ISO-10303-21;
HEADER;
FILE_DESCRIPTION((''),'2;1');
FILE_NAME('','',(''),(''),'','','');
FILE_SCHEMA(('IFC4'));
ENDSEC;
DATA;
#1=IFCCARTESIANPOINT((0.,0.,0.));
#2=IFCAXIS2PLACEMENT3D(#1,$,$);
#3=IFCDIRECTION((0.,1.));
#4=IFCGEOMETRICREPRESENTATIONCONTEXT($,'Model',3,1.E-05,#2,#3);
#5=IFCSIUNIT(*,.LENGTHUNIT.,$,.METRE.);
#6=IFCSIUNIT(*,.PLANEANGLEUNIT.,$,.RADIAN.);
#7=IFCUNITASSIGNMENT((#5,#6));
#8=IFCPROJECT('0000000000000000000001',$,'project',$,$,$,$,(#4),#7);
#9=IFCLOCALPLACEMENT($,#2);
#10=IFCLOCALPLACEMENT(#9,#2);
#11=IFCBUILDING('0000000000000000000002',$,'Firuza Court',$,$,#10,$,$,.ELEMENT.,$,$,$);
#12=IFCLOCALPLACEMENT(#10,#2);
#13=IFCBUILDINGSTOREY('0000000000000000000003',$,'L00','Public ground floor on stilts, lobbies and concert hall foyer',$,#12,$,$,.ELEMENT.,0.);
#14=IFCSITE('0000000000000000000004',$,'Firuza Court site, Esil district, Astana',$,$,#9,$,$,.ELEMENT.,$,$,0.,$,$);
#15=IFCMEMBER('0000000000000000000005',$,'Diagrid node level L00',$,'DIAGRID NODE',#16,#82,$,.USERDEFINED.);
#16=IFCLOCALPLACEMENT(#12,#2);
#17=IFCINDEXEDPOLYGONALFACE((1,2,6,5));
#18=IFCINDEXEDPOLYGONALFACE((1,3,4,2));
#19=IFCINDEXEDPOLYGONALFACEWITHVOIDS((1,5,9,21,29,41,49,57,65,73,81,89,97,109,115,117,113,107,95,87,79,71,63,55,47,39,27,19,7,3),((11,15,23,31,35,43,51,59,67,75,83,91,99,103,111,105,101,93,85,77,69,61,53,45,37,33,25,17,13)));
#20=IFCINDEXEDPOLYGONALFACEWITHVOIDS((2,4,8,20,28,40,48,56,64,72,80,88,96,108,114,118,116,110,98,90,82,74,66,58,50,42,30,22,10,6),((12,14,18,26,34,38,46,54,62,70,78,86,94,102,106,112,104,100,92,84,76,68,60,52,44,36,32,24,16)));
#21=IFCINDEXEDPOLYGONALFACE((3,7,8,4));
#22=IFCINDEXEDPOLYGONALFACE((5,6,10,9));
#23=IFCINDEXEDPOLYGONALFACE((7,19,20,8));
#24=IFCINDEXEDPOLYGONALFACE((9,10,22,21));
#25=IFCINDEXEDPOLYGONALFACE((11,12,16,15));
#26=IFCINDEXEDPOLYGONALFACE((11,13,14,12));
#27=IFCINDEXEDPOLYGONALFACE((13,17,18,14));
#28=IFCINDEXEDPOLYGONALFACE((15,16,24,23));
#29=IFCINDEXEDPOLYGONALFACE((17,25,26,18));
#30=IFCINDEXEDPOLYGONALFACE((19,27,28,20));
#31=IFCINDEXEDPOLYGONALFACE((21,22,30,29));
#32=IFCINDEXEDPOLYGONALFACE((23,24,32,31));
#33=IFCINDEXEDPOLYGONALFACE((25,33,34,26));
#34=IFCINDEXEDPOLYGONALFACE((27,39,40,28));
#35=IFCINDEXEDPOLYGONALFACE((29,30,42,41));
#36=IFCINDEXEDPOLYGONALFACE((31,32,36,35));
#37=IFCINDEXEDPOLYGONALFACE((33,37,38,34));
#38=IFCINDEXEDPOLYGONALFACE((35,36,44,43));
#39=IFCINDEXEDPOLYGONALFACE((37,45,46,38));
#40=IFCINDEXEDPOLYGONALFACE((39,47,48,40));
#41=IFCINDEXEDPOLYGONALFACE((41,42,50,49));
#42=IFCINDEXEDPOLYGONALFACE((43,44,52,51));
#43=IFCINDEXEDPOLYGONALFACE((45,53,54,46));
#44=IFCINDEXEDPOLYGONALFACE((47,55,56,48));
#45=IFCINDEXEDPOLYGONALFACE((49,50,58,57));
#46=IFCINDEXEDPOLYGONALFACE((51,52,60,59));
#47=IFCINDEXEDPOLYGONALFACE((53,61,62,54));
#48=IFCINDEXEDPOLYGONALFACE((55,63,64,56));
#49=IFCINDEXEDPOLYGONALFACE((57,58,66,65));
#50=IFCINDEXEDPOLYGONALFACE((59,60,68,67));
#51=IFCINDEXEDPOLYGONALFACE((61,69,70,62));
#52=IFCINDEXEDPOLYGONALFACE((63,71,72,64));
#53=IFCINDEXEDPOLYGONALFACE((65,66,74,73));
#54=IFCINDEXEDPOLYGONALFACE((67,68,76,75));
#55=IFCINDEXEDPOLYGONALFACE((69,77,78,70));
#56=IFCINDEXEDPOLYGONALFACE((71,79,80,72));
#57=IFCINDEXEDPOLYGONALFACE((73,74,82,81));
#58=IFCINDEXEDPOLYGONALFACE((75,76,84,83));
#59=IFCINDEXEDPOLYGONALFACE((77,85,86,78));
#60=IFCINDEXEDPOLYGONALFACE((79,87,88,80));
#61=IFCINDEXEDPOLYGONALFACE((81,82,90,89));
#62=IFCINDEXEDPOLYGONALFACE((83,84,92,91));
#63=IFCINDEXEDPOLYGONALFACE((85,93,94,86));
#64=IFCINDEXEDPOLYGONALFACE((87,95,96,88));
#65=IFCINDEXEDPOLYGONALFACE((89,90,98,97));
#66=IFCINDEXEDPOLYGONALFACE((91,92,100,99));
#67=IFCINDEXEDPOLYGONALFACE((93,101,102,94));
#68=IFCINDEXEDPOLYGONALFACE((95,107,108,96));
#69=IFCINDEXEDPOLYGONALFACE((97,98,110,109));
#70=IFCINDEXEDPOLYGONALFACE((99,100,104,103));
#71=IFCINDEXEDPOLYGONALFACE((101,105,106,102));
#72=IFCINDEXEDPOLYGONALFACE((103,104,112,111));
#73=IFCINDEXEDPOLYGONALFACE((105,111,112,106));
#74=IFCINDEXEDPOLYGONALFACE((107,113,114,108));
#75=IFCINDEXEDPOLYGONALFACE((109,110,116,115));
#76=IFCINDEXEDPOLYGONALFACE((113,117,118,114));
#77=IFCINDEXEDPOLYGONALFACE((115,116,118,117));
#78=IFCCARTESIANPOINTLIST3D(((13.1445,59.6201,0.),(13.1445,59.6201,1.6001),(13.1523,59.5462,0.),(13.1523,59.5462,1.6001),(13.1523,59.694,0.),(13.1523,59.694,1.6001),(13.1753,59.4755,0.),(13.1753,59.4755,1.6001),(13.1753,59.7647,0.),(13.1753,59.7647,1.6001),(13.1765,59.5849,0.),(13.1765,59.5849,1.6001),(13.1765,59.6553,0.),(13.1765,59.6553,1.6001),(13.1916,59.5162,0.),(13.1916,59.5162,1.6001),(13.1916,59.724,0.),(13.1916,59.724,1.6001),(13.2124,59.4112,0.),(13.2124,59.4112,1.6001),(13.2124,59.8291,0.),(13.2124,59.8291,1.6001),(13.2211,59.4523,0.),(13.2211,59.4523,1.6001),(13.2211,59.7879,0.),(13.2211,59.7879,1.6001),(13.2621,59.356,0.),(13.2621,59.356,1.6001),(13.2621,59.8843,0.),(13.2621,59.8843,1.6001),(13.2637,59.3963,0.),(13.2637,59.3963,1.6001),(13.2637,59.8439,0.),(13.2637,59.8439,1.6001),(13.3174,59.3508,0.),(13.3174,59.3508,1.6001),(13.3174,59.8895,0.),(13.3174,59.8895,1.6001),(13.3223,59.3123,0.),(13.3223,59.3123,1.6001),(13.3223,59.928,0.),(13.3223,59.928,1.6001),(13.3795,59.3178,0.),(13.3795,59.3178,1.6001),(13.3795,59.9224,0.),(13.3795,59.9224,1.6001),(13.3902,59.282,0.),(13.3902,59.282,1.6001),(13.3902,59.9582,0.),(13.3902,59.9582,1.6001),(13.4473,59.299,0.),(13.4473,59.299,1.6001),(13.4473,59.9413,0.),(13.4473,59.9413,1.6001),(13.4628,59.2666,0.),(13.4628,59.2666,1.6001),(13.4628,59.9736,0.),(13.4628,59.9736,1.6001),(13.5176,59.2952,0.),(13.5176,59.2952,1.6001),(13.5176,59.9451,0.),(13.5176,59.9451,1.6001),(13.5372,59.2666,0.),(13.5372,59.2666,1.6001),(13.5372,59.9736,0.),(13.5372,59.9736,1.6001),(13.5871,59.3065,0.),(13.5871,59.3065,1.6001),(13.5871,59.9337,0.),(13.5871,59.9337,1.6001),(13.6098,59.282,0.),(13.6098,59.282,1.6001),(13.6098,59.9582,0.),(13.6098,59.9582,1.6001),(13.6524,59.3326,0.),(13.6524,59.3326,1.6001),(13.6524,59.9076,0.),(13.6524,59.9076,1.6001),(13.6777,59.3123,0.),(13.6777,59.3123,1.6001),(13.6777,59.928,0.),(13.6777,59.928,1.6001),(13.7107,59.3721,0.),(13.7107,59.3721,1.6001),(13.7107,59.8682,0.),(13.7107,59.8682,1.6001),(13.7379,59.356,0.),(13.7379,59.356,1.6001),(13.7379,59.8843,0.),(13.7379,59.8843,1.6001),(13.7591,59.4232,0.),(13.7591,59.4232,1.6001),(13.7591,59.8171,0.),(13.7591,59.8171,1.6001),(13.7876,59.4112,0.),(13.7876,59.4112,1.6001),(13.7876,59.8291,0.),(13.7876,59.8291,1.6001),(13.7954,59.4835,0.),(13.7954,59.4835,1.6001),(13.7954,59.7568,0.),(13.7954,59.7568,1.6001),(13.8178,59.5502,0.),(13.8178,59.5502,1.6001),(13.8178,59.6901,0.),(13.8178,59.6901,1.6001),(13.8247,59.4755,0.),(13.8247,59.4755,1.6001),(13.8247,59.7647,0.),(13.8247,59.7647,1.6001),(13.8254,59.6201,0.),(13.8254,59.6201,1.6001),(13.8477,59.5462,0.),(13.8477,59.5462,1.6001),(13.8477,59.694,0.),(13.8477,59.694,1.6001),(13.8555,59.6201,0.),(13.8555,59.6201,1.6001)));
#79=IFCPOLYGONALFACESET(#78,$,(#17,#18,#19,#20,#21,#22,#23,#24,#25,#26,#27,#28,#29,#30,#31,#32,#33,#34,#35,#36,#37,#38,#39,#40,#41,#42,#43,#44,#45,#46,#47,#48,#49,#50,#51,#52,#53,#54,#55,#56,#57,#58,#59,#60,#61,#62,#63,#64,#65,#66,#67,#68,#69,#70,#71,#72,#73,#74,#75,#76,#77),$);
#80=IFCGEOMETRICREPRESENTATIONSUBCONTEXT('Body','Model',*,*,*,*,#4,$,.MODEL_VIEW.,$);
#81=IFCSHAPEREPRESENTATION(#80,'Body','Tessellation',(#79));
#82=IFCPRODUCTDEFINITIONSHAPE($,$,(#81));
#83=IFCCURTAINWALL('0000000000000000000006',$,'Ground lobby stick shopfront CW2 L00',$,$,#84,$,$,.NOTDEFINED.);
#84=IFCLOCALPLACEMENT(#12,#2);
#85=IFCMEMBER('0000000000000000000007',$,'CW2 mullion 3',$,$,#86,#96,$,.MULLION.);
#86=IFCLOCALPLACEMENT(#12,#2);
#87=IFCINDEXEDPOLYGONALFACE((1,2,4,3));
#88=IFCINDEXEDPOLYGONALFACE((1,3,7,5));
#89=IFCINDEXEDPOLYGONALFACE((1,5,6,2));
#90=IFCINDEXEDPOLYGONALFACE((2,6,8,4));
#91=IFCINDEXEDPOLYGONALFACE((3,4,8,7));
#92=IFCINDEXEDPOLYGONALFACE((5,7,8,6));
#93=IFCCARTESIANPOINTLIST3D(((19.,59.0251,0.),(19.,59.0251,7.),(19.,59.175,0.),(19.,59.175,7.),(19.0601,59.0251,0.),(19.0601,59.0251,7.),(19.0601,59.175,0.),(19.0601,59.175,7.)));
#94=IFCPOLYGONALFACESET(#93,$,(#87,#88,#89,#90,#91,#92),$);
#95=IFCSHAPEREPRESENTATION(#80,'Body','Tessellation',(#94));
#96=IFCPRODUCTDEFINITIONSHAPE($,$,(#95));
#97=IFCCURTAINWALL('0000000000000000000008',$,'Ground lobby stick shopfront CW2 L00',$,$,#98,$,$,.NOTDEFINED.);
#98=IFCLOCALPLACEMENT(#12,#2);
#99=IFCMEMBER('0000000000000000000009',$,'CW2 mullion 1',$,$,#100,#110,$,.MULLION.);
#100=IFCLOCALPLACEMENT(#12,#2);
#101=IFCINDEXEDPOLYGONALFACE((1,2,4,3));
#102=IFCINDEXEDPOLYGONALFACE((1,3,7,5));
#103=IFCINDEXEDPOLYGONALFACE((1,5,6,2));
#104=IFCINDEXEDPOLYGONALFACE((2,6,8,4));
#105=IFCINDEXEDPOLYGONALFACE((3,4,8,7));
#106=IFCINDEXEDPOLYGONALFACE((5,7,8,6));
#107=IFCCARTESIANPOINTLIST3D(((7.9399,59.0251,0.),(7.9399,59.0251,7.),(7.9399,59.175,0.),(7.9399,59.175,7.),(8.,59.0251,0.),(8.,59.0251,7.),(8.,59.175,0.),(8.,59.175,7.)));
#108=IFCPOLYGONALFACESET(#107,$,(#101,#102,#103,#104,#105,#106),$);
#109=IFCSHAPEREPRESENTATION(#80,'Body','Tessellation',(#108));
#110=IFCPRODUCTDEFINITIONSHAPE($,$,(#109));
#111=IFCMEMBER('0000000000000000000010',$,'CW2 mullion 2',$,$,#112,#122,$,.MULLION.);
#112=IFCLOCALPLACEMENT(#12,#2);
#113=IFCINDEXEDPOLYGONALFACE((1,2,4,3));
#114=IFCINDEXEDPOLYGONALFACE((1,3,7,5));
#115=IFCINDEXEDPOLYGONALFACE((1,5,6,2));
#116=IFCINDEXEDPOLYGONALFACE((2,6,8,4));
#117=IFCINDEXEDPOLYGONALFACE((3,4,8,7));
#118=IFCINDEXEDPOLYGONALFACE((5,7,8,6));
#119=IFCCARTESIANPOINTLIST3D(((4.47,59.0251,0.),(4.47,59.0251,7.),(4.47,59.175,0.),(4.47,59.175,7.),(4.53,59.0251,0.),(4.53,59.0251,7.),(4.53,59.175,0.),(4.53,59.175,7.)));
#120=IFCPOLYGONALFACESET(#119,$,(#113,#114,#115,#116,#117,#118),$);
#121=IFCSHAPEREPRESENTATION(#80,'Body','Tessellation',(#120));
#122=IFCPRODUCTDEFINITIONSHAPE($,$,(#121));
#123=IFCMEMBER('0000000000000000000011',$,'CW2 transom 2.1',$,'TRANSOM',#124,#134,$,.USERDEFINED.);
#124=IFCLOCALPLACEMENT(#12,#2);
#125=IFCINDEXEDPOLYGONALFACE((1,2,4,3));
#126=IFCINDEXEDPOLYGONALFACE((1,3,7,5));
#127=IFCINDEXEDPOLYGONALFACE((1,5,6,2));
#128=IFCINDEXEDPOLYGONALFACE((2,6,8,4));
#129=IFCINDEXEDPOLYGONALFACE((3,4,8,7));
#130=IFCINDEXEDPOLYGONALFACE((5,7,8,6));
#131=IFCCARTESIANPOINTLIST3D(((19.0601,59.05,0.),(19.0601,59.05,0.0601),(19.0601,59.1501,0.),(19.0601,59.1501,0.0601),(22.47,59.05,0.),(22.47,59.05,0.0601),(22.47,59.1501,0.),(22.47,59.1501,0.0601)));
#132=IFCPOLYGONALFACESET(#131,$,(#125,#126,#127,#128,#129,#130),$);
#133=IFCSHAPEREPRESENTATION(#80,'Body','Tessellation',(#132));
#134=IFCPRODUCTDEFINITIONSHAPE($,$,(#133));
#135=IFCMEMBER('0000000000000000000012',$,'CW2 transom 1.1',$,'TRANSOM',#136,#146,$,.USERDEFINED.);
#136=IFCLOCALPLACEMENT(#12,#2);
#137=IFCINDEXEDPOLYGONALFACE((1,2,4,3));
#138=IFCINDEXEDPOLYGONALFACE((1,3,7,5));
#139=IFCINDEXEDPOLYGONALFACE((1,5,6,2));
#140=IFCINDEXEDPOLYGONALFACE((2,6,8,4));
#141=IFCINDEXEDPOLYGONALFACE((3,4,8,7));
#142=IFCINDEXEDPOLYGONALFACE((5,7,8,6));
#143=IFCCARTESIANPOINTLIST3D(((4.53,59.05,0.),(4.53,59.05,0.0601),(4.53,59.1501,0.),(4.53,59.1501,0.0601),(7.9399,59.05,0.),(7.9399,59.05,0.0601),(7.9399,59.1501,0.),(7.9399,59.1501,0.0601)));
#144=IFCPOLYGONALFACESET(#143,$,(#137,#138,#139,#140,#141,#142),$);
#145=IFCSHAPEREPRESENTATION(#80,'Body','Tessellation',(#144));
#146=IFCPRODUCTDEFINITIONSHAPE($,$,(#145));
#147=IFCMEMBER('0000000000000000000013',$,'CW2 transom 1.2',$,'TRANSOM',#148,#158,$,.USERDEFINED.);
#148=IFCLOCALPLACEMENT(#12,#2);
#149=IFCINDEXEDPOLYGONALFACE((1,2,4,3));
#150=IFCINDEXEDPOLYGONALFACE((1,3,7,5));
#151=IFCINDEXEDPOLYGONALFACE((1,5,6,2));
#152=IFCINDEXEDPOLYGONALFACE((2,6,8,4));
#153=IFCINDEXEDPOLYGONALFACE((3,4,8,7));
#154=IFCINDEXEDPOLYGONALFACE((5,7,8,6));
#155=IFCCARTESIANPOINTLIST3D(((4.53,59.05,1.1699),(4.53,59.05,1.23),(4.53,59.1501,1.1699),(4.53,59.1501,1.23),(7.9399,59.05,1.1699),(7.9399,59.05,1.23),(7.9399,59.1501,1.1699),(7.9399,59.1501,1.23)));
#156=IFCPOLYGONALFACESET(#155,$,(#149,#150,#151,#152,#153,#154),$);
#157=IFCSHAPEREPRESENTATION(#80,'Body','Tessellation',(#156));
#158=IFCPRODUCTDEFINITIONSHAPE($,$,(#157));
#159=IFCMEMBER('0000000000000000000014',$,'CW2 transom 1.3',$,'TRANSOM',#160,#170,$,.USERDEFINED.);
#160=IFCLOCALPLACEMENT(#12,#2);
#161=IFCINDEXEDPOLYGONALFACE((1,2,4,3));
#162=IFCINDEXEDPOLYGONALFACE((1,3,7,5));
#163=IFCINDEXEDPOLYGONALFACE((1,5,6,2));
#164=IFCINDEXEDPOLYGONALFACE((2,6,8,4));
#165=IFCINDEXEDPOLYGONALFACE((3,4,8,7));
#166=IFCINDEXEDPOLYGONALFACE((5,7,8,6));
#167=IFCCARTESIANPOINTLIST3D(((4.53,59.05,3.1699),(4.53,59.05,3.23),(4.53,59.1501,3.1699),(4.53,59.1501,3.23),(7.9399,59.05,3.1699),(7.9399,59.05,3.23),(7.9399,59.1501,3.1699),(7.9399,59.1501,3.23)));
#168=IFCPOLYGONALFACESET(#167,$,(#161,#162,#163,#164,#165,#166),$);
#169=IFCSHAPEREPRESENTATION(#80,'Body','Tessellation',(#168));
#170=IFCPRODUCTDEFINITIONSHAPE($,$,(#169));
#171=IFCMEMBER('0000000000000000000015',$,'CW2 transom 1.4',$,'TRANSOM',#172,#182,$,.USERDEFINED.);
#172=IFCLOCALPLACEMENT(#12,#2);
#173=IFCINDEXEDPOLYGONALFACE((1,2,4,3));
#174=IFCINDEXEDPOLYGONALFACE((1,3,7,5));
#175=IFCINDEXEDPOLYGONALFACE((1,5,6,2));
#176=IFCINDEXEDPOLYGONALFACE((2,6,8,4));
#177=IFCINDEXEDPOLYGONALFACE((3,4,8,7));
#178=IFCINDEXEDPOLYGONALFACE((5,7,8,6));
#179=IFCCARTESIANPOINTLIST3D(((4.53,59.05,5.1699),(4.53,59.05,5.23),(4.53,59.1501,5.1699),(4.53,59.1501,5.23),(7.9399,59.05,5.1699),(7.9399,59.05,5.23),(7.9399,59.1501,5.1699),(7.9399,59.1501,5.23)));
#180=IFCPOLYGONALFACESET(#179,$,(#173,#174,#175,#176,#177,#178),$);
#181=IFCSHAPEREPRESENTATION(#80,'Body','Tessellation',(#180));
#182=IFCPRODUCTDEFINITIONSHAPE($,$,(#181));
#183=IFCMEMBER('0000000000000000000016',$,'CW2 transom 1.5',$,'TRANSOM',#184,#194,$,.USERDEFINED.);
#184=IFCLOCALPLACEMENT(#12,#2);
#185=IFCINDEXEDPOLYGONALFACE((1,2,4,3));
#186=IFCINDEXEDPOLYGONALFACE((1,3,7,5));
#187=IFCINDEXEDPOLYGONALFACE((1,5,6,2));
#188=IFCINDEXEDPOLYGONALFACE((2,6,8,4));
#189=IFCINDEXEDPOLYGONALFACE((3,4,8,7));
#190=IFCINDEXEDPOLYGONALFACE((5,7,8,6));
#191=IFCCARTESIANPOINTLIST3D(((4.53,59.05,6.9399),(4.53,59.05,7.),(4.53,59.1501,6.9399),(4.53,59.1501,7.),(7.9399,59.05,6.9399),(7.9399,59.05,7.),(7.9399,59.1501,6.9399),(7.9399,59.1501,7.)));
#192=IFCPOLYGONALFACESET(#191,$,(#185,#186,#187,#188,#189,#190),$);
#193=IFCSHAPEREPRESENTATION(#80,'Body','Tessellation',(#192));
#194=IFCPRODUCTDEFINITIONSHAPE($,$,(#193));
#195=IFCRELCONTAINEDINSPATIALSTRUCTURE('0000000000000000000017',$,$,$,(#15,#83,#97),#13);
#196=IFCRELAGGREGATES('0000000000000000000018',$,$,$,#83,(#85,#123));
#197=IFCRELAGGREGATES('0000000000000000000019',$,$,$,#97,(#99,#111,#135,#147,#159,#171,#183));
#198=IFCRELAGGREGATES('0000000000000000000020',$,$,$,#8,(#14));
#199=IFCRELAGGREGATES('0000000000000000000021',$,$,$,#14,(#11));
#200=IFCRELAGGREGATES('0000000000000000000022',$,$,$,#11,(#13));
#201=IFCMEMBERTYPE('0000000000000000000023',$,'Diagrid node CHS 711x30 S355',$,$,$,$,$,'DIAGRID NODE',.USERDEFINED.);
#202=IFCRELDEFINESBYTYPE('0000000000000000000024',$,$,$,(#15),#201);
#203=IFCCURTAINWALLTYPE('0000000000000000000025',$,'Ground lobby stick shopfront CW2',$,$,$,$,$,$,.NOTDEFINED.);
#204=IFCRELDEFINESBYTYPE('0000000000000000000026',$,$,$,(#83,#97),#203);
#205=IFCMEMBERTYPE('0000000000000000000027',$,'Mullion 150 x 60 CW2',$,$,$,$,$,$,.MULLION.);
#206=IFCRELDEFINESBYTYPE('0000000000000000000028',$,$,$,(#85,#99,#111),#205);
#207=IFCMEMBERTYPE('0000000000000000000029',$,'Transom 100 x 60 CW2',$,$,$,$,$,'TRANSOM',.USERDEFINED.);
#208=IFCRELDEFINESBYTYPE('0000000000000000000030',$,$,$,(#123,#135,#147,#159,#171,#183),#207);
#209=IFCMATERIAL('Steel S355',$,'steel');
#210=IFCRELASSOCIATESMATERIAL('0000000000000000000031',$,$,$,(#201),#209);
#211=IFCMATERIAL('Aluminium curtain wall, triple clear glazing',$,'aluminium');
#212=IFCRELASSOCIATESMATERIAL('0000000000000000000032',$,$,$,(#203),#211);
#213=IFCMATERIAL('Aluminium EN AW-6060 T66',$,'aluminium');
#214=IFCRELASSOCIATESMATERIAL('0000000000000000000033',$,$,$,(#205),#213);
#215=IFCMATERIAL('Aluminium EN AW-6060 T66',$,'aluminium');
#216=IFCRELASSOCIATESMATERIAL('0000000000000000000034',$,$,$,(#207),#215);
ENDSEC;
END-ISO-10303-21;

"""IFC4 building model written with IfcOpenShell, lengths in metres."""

from ifc_helpers import new_model, si_unit, direction, frame, origin, origin_2d, place, context, subcontext, project, spatial, rectangle, hollow_circle, extrude, material, material_profile, profile_set, type_object, element, aggregate, save


model = new_model("IFC4")

# Units and contexts
model_context = context("Model", 3, precision=1e-05, world=origin(), true_north=direction((0.0, 1.0)))
body_context = subcontext(model_context, "Body", "Model", "MODEL_VIEW")
ifc_project = project(units=[si_unit("LENGTHUNIT", "METRE"), si_unit("PLANEANGLEUNIT", "RADIAN")], contexts=[model_context])

# Site, building, storey
site_placement = place(None, origin())
site = spatial("IfcSite", under=ifc_project, at=site_placement, Name="Firuza Court site, Esil district, Astana", CompositionType="ELEMENT", RefElevation=0.0)
building_placement = place(site_placement, origin())
building = spatial("IfcBuilding", under=site, at=building_placement, Name="Firuza Court", CompositionType="ELEMENT")
storey_placement = place(building_placement, origin())
storey = spatial("IfcBuildingStorey", under=building, at=storey_placement, Name="L00", Description="Public ground floor on stilts, lobbies and concert hall foyer", CompositionType="ELEMENT", Elevation=0.0)

# Member
ifc_material_1 = material(Name="Steel S355", Category="steel")
ifc_material_profile_1 = material_profile(ifc_material_1, hollow_circle(Radius=0.3555, WallThickness=0.03, at=origin_2d()), Name="CHS 711x30")
ifc_profile_set_1 = profile_set([ifc_material_profile_1], Name="Steel S355")
member_type_1 = type_object("IfcMemberType", Name="Diagrid node CHS 711x30 S355", ElementType="DIAGRID NODE", PredefinedType="USERDEFINED", material=ifc_profile_set_1)
member_1_placement = place(storey_placement, frame((13.5, 59.6201, 0.0), z_axis=(0.0, 0.0, 1.0), x_axis=(1.0, 0.0, 0.0)))
element("IfcMember", 1, at=member_1_placement, inside=storey, type_object=member_type_1, Name="Diagrid node level L00", ObjectType="DIAGRID NODE", PredefinedType="USERDEFINED", context=body_context, shape_type="SweptSolid", body=[
    extrude(hollow_circle(Radius=0.3555, WallThickness=0.03, at=origin_2d()), origin(), (0.0, 0.0, 1.0), 1.6001),
])

# Curtain wall, member
ifc_material_2 = material(Name="Aluminium curtain wall, triple clear glazing", Category="aluminium")
curtain_wall_type = type_object("IfcCurtainWallType", Name="Ground lobby stick shopfront CW2", PredefinedType="NOTDEFINED", material=ifc_material_2)
curtain_wall_1_placement = place(storey_placement, origin())
curtain_wall_1 = element("IfcCurtainWall", 2, at=curtain_wall_1_placement, inside=storey, type_object=curtain_wall_type, Name="Ground lobby stick shopfront CW2 L00", PredefinedType="NOTDEFINED")
ifc_material_3 = material(Name="Aluminium EN AW-6060 T66", Category="aluminium")
ifc_material_profile_2 = material_profile(ifc_material_3, rectangle(XDim=0.1499, YDim=0.0601, at=origin_2d()), Name="Mullion 150 x 60 CW2")
ifc_profile_set_2 = profile_set([ifc_material_profile_2], Name="Aluminium EN AW-6060 T66")
member_type_2 = type_object("IfcMemberType", Name="Mullion 150 x 60 CW2", PredefinedType="MULLION", material=ifc_profile_set_2)
member_2_placement = place(storey_placement, frame((19.03, 59.1001, 0.0), z_axis=(0.0, 0.0, 1.0), x_axis=(0.0, -1.0, 0.0)))
member_2 = element("IfcMember", 3, at=member_2_placement, type_object=member_type_2, Name="CW2 mullion 3", PredefinedType="MULLION", context=body_context, shape_type="SweptSolid", body=[
    extrude(rectangle(XDim=0.1499, YDim=0.0601, at=origin_2d()), origin(), (0.0, 0.0, 1.0), 7.0),
])

# Curtain wall, members
curtain_wall_2_placement = place(storey_placement, origin())
curtain_wall_2 = element("IfcCurtainWall", 4, at=curtain_wall_2_placement, inside=storey, type_object=curtain_wall_type, Name="Ground lobby stick shopfront CW2 L00", PredefinedType="NOTDEFINED")
member_3_placement = place(storey_placement, frame((7.97, 59.1001, 0.0), z_axis=(0.0, 0.0, 1.0), x_axis=(0.0, -1.0, 0.0)))
member_3 = element("IfcMember", 5, at=member_3_placement, type_object=member_type_2, Name="CW2 mullion 1", PredefinedType="MULLION", context=body_context, shape_type="SweptSolid", body=[
    extrude(rectangle(XDim=0.1499, YDim=0.0601, at=origin_2d()), origin(), (0.0, 0.0, 1.0), 7.0),
])
member_4_placement = place(storey_placement, frame((4.5, 59.1001, 0.0), z_axis=(0.0, 0.0, 1.0), x_axis=(0.0, -1.0, 0.0)))
member_4 = element("IfcMember", 6, at=member_4_placement, type_object=member_type_2, Name="CW2 mullion 2", PredefinedType="MULLION", context=body_context, shape_type="SweptSolid", body=[
    extrude(rectangle(XDim=0.1499, YDim=0.0601, at=origin_2d()), origin(), (0.0, 0.0, 1.0), 7.0),
])

# Members
ifc_material_4 = material(Name="Aluminium EN AW-6060 T66", Category="aluminium")
ifc_material_profile_3 = material_profile(ifc_material_4, rectangle(XDim=0.1001, YDim=0.0601, at=origin_2d()), Name="Transom 100 x 60 CW2")
ifc_profile_set_3 = profile_set([ifc_material_profile_3], Name="Aluminium EN AW-6060 T66")
member_type_3 = type_object("IfcMemberType", Name="Transom 100 x 60 CW2", ElementType="TRANSOM", PredefinedType="USERDEFINED", material=ifc_profile_set_3)
member_5_placement = place(storey_placement, frame((22.47, 59.1001, 0.03), z_axis=(-1.0, 0.0, 0.0), x_axis=(0.0, -1.0, 0.0)))
member_5 = element("IfcMember", 7, at=member_5_placement, type_object=member_type_3, Name="CW2 transom 2.1", ObjectType="TRANSOM", PredefinedType="USERDEFINED", context=body_context, shape_type="SweptSolid", body=[
    extrude(rectangle(XDim=0.1001, YDim=0.0601, at=origin_2d()), origin(), (0.0, 0.0, 1.0), 3.4099),
])
member_6_placement = place(storey_placement, frame((7.9399, 59.1001, 0.03), z_axis=(-1.0, 0.0, 0.0), x_axis=(0.0, -1.0, 0.0)))
member_6 = element("IfcMember", 8, at=member_6_placement, type_object=member_type_3, Name="CW2 transom 1.1", ObjectType="TRANSOM", PredefinedType="USERDEFINED", context=body_context, shape_type="SweptSolid", body=[
    extrude(rectangle(XDim=0.1001, YDim=0.0601, at=origin_2d()), origin(), (0.0, 0.0, 1.0), 3.4099),
])
member_7_placement = place(storey_placement, frame((7.9399, 59.1001, 1.2), z_axis=(-1.0, 0.0, 0.0), x_axis=(0.0, -1.0, 0.0)))
member_7 = element("IfcMember", 9, at=member_7_placement, type_object=member_type_3, Name="CW2 transom 1.2", ObjectType="TRANSOM", PredefinedType="USERDEFINED", context=body_context, shape_type="SweptSolid", body=[
    extrude(rectangle(XDim=0.1001, YDim=0.0601, at=origin_2d()), origin(), (0.0, 0.0, 1.0), 3.4099),
])
member_8_placement = place(storey_placement, frame((7.9399, 59.1001, 3.2), z_axis=(-1.0, 0.0, 0.0), x_axis=(0.0, -1.0, 0.0)))
member_8 = element("IfcMember", 10, at=member_8_placement, type_object=member_type_3, Name="CW2 transom 1.3", ObjectType="TRANSOM", PredefinedType="USERDEFINED", context=body_context, shape_type="SweptSolid", body=[
    extrude(rectangle(XDim=0.1001, YDim=0.0601, at=origin_2d()), origin(), (0.0, 0.0, 1.0), 3.4099),
])
member_9_placement = place(storey_placement, frame((7.9399, 59.1001, 5.2), z_axis=(-1.0, 0.0, 0.0), x_axis=(0.0, -1.0, 0.0)))
member_9 = element("IfcMember", 11, at=member_9_placement, type_object=member_type_3, Name="CW2 transom 1.4", ObjectType="TRANSOM", PredefinedType="USERDEFINED", context=body_context, shape_type="SweptSolid", body=[
    extrude(rectangle(XDim=0.1001, YDim=0.0601, at=origin_2d()), origin(), (0.0, 0.0, 1.0), 3.4099),
])
member_10_placement = place(storey_placement, frame((7.9399, 59.1001, 6.97), z_axis=(-1.0, 0.0, 0.0), x_axis=(0.0, -1.0, 0.0)))
member_10 = element("IfcMember", 12, at=member_10_placement, type_object=member_type_3, Name="CW2 transom 1.5", ObjectType="TRANSOM", PredefinedType="USERDEFINED", context=body_context, shape_type="SweptSolid", body=[
    extrude(rectangle(XDim=0.1001, YDim=0.0601, at=origin_2d()), origin(), (0.0, 0.0, 1.0), 3.4099),
])

aggregate(curtain_wall_1, [member_2, member_5])
aggregate(curtain_wall_2, [member_3, member_4, member_6, member_7, member_8, member_9, member_10])

save(model, "model.ifc")
